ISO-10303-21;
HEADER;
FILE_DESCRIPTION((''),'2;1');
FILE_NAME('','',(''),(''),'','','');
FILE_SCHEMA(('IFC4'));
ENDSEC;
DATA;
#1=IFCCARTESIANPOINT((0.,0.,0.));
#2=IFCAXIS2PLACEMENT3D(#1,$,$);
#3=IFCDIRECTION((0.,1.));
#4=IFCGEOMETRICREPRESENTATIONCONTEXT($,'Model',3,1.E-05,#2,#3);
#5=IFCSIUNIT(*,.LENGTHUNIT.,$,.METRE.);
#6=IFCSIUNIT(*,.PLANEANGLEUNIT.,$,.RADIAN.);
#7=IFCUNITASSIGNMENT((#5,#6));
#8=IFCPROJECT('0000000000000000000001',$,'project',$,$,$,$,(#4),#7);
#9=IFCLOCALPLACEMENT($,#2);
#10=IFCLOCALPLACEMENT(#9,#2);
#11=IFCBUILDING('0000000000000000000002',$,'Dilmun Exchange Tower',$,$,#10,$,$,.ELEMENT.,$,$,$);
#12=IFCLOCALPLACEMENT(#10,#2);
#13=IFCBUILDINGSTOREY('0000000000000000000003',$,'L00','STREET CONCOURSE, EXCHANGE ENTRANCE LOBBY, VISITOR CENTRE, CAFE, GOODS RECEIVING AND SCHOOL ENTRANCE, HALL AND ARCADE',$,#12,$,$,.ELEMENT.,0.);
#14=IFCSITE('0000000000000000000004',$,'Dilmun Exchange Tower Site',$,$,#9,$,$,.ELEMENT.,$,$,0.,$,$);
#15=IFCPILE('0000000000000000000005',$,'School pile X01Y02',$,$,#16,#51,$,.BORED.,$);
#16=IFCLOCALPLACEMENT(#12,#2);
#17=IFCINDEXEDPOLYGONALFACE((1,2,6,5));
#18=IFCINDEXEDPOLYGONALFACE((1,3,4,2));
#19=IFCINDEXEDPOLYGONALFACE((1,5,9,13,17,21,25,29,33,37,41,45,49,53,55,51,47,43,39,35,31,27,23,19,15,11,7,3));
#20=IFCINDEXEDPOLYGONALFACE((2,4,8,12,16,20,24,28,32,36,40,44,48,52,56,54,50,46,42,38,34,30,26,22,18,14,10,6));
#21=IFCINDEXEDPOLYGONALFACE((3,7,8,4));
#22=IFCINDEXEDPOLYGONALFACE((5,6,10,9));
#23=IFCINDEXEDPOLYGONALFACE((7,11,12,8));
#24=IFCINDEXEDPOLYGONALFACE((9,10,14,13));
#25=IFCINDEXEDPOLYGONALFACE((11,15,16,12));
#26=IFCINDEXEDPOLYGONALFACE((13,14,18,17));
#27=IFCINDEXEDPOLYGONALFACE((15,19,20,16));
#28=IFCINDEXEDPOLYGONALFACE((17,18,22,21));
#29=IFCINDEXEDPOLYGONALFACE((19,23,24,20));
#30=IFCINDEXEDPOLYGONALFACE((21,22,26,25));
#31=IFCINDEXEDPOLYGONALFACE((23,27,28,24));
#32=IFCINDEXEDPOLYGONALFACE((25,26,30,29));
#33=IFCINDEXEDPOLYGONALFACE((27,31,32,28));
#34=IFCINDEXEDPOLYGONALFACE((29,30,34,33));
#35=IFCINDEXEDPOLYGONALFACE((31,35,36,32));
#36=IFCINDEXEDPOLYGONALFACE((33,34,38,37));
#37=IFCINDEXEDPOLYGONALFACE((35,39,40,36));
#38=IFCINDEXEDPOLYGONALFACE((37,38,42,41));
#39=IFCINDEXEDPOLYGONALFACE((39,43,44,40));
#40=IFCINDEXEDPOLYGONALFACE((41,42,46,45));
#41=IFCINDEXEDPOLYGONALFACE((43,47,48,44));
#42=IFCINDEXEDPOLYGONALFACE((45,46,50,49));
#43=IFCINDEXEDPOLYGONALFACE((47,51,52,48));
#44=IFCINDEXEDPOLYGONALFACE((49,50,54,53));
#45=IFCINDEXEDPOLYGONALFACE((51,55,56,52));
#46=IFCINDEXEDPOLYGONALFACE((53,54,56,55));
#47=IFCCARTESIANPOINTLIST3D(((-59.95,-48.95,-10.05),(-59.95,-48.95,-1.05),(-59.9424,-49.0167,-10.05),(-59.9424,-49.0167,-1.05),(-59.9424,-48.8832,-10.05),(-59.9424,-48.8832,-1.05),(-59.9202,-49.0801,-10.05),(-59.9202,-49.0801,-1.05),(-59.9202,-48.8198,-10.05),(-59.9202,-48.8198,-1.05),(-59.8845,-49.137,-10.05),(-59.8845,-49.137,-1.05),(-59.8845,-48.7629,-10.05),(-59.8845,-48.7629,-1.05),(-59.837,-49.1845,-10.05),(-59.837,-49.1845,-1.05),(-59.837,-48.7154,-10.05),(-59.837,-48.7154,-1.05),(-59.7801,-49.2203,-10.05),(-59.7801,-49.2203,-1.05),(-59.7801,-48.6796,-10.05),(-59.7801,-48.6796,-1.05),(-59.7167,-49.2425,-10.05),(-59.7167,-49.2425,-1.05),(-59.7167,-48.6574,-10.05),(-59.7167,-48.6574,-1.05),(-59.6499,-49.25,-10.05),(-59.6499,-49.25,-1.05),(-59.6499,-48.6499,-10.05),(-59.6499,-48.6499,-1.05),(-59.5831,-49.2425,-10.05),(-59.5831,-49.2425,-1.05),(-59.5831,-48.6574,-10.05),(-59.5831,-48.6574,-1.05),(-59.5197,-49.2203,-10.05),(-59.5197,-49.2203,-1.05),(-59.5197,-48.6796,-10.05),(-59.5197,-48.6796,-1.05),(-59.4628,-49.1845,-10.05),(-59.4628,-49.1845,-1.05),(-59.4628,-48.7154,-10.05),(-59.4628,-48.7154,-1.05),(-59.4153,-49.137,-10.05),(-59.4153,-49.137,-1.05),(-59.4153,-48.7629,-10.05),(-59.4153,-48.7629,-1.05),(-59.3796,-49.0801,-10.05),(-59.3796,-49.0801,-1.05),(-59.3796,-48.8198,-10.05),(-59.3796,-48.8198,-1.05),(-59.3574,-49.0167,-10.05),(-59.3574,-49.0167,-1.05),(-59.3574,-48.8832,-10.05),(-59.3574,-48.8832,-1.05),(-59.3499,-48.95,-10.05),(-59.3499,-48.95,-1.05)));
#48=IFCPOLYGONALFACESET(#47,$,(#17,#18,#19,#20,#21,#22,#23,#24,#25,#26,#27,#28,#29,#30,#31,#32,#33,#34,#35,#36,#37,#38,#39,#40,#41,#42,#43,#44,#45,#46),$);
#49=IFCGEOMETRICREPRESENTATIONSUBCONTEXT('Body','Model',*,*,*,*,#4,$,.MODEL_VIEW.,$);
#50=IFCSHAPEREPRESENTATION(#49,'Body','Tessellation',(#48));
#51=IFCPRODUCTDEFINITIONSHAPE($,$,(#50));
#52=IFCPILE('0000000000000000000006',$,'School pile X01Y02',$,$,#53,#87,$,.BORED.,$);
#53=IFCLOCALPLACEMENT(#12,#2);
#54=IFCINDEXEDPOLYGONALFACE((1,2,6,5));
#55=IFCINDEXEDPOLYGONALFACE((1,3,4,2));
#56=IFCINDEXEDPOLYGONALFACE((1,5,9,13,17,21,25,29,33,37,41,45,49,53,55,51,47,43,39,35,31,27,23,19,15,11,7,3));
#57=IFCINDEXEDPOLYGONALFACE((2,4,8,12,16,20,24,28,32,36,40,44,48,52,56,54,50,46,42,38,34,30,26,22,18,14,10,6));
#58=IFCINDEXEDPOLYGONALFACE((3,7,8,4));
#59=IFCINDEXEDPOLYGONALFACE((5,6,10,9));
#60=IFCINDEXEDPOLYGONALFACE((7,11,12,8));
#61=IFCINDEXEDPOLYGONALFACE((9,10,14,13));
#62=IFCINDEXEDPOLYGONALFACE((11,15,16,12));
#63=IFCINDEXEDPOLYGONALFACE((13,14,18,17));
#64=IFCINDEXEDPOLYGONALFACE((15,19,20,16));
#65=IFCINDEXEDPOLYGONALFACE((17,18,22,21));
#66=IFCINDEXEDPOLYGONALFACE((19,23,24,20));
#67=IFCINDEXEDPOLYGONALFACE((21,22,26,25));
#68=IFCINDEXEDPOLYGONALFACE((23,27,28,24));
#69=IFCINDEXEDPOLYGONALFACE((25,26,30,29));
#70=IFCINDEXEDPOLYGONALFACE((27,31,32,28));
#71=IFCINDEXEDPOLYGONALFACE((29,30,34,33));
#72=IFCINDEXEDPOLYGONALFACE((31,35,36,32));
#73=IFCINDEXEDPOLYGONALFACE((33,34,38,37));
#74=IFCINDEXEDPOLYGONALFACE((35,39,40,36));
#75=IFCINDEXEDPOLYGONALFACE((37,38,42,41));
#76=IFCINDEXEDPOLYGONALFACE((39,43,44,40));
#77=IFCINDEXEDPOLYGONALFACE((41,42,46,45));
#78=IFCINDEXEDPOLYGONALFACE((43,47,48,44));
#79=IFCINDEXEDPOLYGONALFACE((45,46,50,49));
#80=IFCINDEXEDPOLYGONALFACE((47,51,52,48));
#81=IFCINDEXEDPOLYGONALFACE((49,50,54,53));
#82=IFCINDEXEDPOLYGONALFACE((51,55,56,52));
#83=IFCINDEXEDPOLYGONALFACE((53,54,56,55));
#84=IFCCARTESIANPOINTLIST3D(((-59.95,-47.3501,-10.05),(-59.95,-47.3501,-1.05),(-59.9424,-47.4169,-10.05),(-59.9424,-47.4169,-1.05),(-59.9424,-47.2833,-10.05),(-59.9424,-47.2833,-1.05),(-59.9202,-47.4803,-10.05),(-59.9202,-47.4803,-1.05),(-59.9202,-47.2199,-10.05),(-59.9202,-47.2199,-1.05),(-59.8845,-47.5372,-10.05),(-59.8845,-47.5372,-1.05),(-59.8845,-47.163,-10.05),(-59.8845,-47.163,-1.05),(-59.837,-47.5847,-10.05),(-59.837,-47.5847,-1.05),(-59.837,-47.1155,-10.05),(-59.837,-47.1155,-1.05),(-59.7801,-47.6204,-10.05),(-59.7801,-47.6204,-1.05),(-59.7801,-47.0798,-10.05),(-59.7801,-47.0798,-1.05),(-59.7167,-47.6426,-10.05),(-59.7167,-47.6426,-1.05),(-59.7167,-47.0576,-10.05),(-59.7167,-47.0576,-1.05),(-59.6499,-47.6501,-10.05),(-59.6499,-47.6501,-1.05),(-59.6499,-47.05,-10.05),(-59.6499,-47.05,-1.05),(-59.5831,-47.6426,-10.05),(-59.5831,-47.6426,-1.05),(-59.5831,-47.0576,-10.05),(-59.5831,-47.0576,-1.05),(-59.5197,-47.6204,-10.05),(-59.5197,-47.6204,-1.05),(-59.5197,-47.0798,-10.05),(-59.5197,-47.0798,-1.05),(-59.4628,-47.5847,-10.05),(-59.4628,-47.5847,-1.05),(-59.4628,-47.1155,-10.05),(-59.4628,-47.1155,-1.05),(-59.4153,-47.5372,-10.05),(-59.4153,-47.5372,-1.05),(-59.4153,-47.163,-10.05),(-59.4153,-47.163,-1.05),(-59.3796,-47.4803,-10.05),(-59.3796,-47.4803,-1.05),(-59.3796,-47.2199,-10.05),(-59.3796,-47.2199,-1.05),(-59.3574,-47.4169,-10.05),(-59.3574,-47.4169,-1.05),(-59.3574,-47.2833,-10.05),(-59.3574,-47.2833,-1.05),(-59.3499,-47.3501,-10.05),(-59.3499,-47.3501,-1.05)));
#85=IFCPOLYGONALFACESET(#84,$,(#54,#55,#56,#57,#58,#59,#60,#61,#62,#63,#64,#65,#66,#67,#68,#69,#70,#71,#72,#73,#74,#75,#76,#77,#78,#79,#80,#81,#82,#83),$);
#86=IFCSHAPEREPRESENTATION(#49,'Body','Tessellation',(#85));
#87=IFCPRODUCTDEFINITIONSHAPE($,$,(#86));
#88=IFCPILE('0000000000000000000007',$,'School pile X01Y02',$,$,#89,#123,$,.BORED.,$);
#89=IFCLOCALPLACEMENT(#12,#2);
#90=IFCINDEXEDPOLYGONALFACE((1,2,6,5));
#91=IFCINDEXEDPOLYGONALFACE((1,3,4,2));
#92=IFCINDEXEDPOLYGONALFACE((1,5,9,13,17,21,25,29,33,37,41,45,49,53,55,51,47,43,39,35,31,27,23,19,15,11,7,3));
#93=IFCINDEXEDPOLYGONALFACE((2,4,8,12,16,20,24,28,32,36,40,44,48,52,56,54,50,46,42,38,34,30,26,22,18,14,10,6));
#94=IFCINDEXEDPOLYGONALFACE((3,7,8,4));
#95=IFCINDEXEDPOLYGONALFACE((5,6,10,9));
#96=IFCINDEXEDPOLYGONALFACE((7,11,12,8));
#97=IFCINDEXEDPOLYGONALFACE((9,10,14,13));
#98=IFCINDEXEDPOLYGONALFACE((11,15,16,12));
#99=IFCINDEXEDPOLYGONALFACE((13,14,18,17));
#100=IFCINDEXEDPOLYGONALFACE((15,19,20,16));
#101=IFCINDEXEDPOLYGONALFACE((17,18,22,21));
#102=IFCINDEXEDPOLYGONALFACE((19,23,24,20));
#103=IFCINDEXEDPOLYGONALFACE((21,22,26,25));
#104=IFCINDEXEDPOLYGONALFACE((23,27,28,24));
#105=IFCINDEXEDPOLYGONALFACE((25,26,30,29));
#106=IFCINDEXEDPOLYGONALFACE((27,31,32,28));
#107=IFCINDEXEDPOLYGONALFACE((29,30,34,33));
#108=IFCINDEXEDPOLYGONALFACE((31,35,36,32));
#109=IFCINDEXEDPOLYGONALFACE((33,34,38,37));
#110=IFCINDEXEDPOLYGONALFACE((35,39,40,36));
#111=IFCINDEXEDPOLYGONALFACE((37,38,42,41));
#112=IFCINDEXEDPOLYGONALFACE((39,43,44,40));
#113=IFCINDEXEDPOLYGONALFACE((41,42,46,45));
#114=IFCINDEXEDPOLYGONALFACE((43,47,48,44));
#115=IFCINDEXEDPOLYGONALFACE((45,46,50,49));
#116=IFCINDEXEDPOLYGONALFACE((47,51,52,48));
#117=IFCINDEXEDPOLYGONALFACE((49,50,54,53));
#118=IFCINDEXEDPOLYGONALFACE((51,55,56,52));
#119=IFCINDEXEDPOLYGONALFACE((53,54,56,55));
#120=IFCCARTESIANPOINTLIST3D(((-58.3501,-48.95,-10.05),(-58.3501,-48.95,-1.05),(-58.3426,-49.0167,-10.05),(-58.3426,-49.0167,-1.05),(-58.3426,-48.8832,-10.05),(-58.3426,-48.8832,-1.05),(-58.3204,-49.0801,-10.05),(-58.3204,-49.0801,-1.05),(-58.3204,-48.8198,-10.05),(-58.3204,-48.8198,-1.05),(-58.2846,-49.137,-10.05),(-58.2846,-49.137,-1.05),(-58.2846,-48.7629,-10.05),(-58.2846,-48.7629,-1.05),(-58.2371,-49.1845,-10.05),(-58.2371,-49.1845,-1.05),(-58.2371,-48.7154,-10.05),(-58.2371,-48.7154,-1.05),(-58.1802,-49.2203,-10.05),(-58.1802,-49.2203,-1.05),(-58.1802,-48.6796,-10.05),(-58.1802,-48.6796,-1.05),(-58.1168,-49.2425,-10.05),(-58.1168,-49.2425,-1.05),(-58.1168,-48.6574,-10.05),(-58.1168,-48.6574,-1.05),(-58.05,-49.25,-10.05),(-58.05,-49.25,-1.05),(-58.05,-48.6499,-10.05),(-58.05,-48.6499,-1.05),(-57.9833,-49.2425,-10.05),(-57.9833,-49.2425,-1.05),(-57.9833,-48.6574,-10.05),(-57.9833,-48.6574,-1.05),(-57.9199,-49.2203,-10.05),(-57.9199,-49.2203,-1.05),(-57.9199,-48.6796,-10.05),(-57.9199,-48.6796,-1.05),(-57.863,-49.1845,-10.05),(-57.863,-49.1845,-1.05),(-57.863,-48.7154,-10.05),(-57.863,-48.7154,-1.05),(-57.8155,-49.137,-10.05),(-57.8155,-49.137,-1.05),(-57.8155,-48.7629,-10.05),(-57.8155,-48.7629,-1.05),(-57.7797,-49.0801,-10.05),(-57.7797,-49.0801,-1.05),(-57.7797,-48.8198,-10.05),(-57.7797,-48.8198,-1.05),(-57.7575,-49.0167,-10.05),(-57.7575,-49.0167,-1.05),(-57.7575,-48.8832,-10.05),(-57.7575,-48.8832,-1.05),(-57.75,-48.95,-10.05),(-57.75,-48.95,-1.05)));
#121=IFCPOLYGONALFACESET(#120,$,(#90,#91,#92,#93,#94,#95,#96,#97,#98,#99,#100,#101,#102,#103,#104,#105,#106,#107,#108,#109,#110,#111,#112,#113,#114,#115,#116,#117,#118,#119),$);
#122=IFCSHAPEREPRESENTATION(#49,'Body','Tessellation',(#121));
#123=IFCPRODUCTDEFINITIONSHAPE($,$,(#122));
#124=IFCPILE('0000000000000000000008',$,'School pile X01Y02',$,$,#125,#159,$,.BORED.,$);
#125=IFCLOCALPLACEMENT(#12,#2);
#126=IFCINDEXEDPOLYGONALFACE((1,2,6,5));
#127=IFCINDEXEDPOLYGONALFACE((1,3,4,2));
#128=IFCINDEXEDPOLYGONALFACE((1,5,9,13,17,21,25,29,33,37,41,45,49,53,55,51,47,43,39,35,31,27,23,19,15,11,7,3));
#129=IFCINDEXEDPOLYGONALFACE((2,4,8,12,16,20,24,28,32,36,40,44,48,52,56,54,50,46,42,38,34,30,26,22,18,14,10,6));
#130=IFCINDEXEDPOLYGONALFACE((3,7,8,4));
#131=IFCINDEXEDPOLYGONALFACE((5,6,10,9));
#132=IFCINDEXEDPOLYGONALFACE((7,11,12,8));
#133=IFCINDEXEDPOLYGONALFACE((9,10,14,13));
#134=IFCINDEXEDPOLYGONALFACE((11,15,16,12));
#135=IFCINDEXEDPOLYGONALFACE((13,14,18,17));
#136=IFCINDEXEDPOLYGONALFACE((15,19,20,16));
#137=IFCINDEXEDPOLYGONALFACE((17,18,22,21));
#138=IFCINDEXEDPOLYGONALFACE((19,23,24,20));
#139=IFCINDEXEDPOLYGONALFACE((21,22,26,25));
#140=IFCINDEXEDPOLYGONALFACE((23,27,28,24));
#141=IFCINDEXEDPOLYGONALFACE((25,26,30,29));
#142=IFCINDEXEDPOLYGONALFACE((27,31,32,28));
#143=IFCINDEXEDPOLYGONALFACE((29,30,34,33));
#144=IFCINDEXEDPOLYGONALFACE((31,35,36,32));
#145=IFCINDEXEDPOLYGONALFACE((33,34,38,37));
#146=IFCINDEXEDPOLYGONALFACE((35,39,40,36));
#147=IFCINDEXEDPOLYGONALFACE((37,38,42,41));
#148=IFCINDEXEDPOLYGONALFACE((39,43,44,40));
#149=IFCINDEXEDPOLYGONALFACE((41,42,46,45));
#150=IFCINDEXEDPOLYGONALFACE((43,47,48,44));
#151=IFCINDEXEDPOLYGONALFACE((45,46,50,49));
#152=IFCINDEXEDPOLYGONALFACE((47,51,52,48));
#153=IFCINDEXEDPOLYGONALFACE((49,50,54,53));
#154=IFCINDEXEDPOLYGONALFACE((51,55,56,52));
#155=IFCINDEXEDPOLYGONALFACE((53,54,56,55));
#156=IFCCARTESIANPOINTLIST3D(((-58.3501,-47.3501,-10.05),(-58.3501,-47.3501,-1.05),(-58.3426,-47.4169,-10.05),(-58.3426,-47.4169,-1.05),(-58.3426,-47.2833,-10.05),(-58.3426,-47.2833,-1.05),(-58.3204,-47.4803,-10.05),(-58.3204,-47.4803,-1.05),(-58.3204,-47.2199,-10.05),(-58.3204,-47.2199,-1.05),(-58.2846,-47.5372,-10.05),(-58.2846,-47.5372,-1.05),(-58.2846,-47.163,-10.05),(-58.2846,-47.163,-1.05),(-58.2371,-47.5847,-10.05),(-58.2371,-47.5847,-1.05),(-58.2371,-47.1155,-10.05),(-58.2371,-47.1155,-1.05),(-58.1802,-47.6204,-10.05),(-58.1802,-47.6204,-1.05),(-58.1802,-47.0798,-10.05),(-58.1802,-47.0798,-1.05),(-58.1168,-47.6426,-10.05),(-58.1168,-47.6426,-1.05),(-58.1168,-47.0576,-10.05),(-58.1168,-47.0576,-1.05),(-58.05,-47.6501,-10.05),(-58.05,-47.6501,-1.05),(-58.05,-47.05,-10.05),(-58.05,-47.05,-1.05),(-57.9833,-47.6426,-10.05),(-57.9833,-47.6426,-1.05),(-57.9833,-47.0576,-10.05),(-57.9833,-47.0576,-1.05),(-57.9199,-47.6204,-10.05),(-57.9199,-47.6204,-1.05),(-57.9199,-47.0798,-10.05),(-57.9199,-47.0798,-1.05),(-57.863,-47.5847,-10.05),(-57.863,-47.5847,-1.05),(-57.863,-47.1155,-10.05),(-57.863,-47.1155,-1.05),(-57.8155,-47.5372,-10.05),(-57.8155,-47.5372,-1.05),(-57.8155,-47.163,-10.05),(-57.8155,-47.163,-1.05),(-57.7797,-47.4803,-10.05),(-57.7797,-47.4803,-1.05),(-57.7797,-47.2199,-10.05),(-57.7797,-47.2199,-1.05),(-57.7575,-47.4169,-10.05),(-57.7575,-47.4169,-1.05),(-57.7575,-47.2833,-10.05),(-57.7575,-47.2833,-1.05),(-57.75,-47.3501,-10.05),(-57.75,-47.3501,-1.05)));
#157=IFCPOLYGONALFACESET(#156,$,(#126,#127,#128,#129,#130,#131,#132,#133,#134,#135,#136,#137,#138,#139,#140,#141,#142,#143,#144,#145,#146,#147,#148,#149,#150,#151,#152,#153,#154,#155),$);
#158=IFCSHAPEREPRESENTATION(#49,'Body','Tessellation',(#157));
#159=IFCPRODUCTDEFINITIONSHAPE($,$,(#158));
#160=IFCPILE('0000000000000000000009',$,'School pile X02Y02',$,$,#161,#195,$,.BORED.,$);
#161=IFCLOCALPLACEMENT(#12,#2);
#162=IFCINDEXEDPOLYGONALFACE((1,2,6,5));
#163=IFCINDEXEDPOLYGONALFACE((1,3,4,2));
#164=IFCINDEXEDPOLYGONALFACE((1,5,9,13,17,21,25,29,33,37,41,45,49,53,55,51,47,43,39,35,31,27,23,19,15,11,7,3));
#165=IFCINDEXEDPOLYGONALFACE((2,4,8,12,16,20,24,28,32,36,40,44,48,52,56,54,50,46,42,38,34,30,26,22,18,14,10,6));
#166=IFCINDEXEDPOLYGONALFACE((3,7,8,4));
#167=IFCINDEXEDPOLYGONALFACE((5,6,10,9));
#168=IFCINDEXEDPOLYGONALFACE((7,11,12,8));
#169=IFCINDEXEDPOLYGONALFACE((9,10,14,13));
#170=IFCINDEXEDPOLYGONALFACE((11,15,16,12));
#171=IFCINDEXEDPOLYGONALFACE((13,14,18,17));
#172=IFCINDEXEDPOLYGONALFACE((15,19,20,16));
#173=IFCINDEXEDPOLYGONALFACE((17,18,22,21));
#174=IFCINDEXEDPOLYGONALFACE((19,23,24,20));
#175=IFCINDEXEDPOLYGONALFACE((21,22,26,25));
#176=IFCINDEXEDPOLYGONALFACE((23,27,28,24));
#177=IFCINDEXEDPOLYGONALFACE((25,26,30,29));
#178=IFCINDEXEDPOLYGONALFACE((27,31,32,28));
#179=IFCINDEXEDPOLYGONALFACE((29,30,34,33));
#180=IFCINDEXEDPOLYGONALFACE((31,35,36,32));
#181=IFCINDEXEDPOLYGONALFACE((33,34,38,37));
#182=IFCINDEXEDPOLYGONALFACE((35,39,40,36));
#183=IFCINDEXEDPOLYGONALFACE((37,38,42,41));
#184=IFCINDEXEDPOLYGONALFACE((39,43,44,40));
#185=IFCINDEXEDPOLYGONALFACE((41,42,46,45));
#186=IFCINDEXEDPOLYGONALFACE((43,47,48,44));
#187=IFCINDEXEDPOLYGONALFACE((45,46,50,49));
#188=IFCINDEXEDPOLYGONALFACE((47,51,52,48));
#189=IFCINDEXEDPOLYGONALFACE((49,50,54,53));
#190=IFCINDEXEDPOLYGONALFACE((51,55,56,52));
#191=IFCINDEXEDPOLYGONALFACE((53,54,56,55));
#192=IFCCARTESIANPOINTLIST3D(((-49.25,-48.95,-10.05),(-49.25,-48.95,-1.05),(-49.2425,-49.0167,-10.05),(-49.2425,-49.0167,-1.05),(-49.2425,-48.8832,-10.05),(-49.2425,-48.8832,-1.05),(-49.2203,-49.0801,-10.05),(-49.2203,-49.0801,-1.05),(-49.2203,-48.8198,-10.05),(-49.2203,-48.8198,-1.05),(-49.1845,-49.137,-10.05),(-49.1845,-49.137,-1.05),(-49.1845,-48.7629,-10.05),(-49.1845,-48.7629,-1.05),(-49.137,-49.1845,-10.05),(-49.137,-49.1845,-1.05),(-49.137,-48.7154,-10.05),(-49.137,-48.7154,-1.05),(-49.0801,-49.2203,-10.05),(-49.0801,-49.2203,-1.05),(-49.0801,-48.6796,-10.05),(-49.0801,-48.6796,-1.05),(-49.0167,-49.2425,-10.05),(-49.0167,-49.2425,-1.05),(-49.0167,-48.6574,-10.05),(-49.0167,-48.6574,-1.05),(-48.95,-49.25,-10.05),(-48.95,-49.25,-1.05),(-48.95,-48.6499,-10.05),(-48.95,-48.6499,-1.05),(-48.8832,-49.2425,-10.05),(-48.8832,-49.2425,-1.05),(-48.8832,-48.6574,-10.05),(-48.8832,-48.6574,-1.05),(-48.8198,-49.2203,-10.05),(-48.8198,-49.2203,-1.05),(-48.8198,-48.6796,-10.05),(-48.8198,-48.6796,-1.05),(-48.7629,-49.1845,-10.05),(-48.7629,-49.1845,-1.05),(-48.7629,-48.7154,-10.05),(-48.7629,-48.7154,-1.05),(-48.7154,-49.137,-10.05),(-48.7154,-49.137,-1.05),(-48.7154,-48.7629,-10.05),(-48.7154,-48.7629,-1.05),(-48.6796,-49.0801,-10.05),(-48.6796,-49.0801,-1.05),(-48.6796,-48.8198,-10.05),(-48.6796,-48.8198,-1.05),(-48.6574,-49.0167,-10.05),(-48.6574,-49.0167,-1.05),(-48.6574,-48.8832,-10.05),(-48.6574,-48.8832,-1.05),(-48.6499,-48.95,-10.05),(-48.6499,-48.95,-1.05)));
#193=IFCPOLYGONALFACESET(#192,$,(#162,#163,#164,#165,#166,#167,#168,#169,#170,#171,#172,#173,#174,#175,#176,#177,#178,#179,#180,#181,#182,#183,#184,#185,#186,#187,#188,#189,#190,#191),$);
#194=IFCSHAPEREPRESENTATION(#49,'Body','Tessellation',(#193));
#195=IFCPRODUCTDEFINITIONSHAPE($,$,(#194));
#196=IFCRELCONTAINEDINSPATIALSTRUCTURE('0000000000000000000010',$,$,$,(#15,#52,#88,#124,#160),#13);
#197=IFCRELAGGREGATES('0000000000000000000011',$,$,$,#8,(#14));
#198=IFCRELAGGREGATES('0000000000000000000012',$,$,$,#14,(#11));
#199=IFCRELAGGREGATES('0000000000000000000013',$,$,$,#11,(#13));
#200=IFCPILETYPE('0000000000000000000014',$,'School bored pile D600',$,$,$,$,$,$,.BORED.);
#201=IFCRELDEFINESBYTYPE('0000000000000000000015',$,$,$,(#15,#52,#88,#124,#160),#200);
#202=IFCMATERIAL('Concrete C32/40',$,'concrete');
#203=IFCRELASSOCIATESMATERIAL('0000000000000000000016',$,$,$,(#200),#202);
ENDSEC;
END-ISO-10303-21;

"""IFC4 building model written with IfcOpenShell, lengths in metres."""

from ifc_helpers import new_model, si_unit, direction, frame, origin, origin_2d, place, context, subcontext, project, spatial, circle, extrude, material, material_profile, profile_set, type_object, element, save


model = new_model("IFC4")

# Units and contexts
model_context = context("Model", 3, precision=1e-05, world=origin(), true_north=direction((0.0, 1.0)))
body_context = subcontext(model_context, "Body", "Model", "MODEL_VIEW")
ifc_project = project(units=[si_unit("LENGTHUNIT", "METRE"), si_unit("PLANEANGLEUNIT", "RADIAN")], contexts=[model_context])

# Site, building, storey
site_placement = place(None, origin())
site = spatial("IfcSite", under=ifc_project, at=site_placement, Name="Dilmun Exchange Tower Site", CompositionType="ELEMENT", RefElevation=0.0)
building_placement = place(site_placement, origin())
building = spatial("IfcBuilding", under=site, at=building_placement, Name="Dilmun Exchange Tower", CompositionType="ELEMENT")
storey_placement = place(building_placement, origin())
storey = spatial("IfcBuildingStorey", under=building, at=storey_placement, Name="L00", Description="STREET CONCOURSE, EXCHANGE ENTRANCE LOBBY, VISITOR CENTRE, CAFE, GOODS RECEIVING AND SCHOOL ENTRANCE, HALL AND ARCADE", CompositionType="ELEMENT", Elevation=0.0)

# Piles
ifc_material_1 = material(Name="Concrete C32/40", Category="concrete")
ifc_material_profile_1 = material_profile(ifc_material_1, circle(Radius=0.3, at=origin_2d()), Name="D600")
ifc_profile_set_1 = profile_set([ifc_material_profile_1], Name="Concrete C32/40")
pile_type = type_object("IfcPileType", Name="School bored pile D600", PredefinedType="BORED", material=ifc_profile_set_1)
for number, where, z_axis, x_axis, name in (
    (1, (-59.6499, -48.95, -1.05), (0.0, 0.0, -1.0), (1.0, 0.0, 0.0), "School pile X01Y02"),
    (2, (-59.6499, -47.3501, -1.05), (0.0, 0.0, -1.0), (1.0, 0.0, 0.0), "School pile X01Y02"),
    (3, (-58.05, -48.95, -1.05), (0.0, 0.0, -1.0), (1.0, 0.0, 0.0), "School pile X01Y02"),
    (4, (-58.05, -47.3501, -1.05), (0.0, 0.0, -1.0), (1.0, 0.0, 0.0), "School pile X01Y02"),
    (5, (-48.95, -48.95, -1.05), (0.0, 0.0, -1.0), (1.0, 0.0, 0.0), "School pile X02Y02"),
):
    element("IfcPile", number, at=place(storey_placement, frame(where, z_axis=z_axis, x_axis=x_axis)), inside=storey, type_object=pile_type, Name=name, PredefinedType="BORED", context=body_context, shape_type="SweptSolid", body=[
        extrude(circle(Radius=0.3, at=origin_2d()), origin(), (0.0, 0.0, 1.0), 9.0),
    ])

save(model, "model.ifc")
